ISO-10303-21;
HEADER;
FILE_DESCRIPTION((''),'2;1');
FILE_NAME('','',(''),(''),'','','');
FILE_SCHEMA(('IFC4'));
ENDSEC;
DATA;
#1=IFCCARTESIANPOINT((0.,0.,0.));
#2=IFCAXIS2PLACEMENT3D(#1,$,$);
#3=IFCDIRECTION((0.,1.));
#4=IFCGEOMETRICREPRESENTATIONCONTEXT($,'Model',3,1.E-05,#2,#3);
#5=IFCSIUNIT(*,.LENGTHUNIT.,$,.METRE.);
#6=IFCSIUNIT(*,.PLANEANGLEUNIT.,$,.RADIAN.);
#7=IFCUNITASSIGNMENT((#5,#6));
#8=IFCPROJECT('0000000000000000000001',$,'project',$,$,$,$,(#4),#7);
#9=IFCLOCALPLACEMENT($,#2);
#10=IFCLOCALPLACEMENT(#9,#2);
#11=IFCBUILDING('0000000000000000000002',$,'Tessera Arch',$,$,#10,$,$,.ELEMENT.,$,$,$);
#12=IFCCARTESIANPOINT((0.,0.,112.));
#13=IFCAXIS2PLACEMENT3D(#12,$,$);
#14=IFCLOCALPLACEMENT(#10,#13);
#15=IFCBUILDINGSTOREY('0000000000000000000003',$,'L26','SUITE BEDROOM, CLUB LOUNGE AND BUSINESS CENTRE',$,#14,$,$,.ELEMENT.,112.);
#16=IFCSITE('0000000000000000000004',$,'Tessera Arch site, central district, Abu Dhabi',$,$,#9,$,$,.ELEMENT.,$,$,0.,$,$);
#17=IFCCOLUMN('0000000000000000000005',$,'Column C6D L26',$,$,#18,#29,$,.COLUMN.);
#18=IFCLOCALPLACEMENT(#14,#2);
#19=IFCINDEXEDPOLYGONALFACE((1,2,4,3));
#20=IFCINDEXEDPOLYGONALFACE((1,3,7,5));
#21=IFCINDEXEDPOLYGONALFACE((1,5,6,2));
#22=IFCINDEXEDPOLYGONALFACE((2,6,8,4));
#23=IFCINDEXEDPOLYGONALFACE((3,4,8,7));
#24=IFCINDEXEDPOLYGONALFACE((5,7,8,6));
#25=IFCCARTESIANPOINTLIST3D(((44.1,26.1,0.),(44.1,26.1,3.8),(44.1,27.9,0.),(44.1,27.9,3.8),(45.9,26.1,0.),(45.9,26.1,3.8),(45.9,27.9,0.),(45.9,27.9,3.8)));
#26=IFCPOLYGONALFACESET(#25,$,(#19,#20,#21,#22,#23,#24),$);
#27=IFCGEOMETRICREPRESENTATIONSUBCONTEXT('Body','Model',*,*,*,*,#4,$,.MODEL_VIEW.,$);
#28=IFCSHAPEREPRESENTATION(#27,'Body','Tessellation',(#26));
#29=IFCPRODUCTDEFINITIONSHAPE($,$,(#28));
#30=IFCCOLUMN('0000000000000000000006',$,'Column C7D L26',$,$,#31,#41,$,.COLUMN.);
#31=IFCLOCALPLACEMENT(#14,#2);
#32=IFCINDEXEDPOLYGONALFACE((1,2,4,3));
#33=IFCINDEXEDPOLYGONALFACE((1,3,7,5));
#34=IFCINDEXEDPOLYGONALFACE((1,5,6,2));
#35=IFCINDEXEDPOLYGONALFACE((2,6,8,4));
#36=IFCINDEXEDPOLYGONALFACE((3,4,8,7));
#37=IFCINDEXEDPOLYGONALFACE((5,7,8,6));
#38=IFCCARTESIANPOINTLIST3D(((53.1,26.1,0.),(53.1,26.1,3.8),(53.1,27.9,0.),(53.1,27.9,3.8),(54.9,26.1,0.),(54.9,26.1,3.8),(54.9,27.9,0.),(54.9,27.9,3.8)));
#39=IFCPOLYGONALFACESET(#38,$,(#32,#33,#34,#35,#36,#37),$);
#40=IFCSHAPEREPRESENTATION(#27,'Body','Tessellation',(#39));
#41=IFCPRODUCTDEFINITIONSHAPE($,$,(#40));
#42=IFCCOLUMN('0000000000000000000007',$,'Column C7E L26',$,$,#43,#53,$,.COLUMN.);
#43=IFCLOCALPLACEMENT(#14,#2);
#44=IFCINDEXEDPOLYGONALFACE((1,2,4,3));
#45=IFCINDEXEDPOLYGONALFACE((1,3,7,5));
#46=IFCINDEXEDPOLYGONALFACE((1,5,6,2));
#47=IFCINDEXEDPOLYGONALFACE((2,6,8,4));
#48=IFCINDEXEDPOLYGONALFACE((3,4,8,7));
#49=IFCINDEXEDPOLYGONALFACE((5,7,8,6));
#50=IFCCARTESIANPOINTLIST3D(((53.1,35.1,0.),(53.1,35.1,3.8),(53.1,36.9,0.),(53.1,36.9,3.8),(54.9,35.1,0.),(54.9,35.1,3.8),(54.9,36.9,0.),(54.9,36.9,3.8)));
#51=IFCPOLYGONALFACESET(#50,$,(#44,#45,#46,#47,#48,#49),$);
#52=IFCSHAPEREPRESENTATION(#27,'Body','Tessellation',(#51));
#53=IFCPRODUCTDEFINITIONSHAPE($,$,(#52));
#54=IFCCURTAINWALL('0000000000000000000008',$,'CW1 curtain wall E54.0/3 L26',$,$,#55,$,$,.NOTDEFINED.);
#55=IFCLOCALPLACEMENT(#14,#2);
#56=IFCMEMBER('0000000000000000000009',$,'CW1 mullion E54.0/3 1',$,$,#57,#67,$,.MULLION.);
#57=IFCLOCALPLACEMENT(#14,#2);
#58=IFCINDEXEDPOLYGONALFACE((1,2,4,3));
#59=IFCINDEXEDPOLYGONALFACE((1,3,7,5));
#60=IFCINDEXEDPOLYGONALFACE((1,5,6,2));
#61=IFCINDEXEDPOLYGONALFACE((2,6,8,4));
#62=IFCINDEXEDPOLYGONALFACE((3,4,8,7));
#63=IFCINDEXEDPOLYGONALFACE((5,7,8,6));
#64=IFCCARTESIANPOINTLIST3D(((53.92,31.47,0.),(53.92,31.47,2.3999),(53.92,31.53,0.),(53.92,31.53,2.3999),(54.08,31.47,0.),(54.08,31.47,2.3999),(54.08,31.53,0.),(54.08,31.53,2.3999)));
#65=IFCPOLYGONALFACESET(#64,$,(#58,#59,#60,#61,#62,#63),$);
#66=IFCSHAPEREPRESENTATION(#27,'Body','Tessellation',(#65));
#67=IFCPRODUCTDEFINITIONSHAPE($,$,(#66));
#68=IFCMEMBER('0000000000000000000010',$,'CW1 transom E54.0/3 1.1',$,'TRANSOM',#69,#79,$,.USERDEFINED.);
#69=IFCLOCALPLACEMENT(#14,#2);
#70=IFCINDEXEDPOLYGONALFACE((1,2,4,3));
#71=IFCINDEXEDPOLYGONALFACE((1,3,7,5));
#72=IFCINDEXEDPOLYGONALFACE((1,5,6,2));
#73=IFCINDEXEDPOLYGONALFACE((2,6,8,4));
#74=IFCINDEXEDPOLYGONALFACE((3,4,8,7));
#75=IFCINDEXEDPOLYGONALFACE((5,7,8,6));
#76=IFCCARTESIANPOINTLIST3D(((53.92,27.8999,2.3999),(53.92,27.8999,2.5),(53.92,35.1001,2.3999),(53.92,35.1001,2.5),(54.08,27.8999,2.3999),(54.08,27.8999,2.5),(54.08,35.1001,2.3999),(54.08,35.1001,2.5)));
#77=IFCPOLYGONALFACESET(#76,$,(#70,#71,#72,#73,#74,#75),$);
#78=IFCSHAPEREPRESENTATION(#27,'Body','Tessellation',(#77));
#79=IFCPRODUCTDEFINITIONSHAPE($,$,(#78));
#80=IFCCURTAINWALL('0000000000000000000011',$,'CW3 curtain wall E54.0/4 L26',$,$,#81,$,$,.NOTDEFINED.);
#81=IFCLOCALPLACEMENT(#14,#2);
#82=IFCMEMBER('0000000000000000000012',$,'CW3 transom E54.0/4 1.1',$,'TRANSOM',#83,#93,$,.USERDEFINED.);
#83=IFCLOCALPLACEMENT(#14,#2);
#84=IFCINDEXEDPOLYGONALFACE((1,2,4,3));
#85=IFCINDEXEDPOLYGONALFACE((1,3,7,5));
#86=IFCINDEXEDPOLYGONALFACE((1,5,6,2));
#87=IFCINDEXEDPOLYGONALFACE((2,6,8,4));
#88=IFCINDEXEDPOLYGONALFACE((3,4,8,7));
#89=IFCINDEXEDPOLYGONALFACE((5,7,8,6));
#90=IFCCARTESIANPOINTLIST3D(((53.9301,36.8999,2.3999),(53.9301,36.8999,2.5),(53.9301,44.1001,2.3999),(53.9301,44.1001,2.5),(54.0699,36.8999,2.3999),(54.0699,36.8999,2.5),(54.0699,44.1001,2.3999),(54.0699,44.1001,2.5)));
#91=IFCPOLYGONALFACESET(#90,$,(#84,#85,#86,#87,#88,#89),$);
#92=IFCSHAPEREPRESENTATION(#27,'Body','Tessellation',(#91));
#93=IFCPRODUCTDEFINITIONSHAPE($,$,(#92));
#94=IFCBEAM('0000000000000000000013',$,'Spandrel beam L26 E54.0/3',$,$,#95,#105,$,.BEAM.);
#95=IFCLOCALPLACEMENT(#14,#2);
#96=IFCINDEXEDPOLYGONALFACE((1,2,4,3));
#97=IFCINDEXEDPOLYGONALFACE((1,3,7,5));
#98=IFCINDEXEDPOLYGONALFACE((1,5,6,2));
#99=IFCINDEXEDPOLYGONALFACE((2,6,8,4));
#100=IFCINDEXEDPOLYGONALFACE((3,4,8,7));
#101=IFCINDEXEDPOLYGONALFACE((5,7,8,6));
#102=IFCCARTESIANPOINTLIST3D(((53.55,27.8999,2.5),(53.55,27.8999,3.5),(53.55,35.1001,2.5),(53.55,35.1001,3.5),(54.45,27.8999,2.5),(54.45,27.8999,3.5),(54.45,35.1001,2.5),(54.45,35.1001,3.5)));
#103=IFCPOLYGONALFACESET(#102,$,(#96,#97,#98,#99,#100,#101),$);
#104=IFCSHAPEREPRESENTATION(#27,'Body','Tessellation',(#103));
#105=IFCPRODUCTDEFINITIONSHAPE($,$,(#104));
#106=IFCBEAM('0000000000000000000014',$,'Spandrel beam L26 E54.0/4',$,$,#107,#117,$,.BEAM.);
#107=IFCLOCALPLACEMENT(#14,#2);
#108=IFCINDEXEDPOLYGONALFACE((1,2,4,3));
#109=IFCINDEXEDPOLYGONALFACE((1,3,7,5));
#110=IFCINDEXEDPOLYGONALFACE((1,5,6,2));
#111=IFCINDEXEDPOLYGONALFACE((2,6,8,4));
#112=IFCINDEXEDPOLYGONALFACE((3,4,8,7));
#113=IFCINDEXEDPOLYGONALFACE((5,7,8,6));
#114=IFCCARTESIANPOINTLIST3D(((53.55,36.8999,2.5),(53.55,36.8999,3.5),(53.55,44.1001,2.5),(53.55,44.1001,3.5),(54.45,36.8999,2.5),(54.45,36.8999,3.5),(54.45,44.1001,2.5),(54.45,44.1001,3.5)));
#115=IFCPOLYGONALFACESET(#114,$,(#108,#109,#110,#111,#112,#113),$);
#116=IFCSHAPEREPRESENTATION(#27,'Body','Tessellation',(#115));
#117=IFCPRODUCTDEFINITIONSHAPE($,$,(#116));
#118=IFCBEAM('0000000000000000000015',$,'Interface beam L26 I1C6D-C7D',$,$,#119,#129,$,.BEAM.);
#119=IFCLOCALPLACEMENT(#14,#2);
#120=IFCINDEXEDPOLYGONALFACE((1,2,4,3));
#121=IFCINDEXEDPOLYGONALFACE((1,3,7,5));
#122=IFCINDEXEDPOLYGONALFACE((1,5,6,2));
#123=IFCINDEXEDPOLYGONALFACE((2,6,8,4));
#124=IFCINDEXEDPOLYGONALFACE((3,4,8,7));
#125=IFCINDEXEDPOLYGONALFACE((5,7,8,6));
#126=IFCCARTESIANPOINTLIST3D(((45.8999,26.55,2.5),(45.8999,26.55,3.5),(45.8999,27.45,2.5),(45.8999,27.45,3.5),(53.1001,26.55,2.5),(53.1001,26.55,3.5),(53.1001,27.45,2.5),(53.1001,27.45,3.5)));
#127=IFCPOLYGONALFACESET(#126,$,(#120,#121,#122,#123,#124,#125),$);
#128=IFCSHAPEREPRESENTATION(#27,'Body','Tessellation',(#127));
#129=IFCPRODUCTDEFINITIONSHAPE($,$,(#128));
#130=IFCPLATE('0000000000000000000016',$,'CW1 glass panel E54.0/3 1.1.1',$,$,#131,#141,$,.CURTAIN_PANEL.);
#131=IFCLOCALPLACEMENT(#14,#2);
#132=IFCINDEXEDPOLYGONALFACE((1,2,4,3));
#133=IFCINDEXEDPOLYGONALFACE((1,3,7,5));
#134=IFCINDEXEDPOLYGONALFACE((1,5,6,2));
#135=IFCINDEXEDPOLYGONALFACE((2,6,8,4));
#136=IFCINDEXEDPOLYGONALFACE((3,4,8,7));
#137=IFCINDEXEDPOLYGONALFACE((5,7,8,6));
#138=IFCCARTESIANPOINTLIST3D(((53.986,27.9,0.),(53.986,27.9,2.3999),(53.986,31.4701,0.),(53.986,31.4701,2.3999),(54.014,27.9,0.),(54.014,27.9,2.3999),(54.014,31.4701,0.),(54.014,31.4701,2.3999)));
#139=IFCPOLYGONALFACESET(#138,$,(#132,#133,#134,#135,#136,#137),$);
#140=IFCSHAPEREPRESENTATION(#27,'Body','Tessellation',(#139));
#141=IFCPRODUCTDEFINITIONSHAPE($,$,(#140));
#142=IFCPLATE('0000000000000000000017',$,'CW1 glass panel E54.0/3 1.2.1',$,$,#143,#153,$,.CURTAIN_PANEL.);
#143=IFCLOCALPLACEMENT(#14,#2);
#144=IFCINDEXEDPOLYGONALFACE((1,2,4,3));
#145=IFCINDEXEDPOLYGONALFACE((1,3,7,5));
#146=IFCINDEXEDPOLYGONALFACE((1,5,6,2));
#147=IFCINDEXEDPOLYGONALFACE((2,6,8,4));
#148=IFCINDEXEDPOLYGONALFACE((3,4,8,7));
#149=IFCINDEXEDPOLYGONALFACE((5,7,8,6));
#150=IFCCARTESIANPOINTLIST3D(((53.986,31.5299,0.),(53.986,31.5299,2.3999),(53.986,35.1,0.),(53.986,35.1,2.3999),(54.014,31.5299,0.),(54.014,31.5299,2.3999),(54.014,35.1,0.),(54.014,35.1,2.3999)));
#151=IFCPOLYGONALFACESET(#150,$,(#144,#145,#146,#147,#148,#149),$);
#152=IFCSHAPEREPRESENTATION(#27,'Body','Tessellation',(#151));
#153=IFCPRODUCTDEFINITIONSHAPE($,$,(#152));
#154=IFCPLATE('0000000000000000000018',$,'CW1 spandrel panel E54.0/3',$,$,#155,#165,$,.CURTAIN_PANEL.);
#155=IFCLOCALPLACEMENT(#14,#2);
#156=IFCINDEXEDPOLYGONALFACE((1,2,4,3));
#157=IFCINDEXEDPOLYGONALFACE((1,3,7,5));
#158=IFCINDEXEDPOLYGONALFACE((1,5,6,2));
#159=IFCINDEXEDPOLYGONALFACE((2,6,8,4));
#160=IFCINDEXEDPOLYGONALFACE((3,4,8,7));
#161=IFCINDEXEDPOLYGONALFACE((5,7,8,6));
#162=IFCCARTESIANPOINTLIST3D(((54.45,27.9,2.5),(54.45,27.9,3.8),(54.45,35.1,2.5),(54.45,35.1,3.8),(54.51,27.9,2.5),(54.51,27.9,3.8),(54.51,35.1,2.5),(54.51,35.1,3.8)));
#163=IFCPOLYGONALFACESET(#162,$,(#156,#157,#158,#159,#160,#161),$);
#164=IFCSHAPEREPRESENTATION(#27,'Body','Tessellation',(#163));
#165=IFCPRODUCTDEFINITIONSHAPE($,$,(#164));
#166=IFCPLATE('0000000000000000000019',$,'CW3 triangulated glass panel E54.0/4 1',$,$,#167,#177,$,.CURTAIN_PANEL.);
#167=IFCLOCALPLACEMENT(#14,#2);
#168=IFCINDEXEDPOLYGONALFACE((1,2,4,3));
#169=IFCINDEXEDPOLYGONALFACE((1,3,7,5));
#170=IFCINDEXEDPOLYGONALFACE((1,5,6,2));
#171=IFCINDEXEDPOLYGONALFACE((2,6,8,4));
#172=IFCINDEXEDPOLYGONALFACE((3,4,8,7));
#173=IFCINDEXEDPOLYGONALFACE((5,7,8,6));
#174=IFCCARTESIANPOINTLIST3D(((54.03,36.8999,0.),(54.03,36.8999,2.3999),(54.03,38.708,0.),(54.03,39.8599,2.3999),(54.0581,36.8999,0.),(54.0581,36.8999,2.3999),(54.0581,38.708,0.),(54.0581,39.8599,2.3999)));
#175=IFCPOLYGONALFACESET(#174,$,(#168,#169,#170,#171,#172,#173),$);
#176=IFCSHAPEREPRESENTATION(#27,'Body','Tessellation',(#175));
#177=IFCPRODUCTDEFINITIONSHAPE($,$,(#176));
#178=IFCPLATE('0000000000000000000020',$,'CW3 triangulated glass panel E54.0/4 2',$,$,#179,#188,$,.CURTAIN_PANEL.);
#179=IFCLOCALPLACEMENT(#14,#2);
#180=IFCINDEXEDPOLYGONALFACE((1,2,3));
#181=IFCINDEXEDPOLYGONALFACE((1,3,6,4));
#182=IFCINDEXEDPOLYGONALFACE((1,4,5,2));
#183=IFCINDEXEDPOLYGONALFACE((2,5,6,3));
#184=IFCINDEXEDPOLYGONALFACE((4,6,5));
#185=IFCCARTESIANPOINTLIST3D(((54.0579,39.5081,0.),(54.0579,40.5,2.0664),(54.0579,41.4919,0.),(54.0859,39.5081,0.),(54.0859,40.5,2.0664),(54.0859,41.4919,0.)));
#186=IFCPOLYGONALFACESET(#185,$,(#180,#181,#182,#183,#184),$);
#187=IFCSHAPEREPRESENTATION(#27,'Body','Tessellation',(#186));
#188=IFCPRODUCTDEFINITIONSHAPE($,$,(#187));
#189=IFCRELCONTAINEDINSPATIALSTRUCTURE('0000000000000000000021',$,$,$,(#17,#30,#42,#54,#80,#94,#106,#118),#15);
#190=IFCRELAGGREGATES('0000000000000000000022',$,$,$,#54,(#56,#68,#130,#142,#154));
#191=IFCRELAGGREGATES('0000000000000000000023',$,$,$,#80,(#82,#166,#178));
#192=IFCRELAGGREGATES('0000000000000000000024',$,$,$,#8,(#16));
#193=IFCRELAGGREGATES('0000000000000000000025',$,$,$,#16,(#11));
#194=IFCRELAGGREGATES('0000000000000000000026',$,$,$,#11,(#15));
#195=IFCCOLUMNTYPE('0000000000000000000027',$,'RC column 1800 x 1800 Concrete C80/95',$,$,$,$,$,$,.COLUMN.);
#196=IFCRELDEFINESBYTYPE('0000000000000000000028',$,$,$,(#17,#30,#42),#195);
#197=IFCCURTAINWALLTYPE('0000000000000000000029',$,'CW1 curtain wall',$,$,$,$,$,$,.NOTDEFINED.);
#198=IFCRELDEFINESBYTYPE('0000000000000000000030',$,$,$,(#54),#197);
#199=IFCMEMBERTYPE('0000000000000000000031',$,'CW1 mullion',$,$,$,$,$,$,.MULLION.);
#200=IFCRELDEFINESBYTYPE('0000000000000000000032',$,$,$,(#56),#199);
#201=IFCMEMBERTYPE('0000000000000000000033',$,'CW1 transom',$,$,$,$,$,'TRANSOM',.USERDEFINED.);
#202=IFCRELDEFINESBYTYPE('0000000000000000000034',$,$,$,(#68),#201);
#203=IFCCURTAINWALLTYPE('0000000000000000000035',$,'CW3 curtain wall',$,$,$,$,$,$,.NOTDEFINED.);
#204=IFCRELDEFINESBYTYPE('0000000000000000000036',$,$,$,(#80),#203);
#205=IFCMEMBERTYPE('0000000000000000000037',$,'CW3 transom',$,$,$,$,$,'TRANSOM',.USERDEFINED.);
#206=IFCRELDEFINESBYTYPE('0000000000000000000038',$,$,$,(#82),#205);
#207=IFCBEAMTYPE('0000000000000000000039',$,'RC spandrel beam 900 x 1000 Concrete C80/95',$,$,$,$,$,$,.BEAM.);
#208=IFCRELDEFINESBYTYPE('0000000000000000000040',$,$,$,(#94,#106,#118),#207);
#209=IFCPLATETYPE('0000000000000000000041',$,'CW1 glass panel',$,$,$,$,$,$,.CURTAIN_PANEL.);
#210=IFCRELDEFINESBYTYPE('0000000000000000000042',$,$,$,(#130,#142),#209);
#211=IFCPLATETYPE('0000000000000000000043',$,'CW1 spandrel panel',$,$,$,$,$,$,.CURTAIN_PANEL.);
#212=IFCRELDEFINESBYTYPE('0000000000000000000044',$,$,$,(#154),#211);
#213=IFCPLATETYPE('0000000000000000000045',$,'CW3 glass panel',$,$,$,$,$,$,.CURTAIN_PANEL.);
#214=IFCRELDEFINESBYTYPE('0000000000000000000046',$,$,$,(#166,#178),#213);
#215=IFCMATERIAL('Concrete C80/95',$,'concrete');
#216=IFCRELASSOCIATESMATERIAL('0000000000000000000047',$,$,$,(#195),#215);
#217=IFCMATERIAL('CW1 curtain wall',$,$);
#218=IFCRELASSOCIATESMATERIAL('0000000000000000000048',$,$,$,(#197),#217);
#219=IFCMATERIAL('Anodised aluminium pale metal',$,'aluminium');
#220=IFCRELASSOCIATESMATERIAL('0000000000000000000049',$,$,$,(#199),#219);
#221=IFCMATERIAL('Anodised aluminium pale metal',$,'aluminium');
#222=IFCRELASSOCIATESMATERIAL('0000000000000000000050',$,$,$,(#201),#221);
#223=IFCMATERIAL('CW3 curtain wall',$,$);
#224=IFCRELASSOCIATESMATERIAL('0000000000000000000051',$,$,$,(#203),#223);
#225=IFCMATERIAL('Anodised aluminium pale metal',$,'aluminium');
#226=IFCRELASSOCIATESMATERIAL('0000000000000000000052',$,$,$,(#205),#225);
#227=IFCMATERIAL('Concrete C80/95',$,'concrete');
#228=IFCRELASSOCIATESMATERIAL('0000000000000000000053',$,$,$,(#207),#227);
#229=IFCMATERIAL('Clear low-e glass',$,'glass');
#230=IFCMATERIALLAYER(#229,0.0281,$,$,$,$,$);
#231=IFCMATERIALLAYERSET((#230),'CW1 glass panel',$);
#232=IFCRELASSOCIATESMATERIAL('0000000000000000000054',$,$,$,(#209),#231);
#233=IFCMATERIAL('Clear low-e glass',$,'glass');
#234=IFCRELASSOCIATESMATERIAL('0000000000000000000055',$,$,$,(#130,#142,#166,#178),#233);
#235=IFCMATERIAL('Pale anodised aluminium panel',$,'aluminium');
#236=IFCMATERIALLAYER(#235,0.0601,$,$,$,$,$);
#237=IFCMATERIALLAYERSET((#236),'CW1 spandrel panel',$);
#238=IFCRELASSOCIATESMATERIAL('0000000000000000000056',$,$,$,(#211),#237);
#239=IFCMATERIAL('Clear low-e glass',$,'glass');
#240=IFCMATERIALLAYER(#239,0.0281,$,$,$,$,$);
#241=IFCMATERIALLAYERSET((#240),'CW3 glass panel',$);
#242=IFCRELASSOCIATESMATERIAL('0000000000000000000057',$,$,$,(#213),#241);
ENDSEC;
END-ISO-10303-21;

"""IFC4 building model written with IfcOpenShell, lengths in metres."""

from ifc_helpers import new_model, si_unit, direction, frame, origin, origin_2d, place, context, subcontext, project, spatial, polyline, rectangle, outline, extrude, material, layer, layer_set, material_profile, profile_set, type_object, element, aggregate, save


model = new_model("IFC4")

# Units and contexts
model_context = context("Model", 3, precision=1e-05, world=origin(), true_north=direction((0.0, 1.0)))
body_context = subcontext(model_context, "Body", "Model", "MODEL_VIEW")
ifc_project = project(units=[si_unit("LENGTHUNIT", "METRE"), si_unit("PLANEANGLEUNIT", "RADIAN")], contexts=[model_context])

# Site, building, storey
site_placement = place(None, origin())
site = spatial("IfcSite", under=ifc_project, at=site_placement, Name="Tessera Arch site, central district, Abu Dhabi", CompositionType="ELEMENT", RefElevation=0.0)
building_placement = place(site_placement, origin())
building = spatial("IfcBuilding", under=site, at=building_placement, Name="Tessera Arch", CompositionType="ELEMENT")
storey_placement = place(building_placement, frame((0.0, 0.0, 112.0)))
storey = spatial("IfcBuildingStorey", under=building, at=storey_placement, Name="L26", Description="SUITE BEDROOM, CLUB LOUNGE AND BUSINESS CENTRE", CompositionType="ELEMENT", Elevation=112.0)

# Columns
ifc_material_1 = material(Name="Concrete C80/95", Category="concrete")
ifc_material_profile_1 = material_profile(ifc_material_1, rectangle(XDim=1.8, YDim=1.8, at=origin_2d()), Name="RC column 1800 x 1800 Concrete C80/95")
ifc_profile_set_1 = profile_set([ifc_material_profile_1], Name="Concrete C80/95")
column_type = type_object("IfcColumnType", Name="RC column 1800 x 1800 Concrete C80/95", PredefinedType="COLUMN", material=ifc_profile_set_1)
for number, where, z_axis, x_axis, name in (
    (1, (45.0, 27.0, 0.0), (0.0, 0.0, 1.0), (1.0, 0.0, 0.0), "Column C6D L26"),
    (2, (54.0, 27.0, 0.0), (0.0, 0.0, 1.0), (1.0, 0.0, 0.0), "Column C7D L26"),
    (3, (54.0, 36.0, 0.0), (0.0, 0.0, 1.0), (1.0, 0.0, 0.0), "Column C7E L26"),
):
    element("IfcColumn", number, at=place(storey_placement, frame(where, z_axis=z_axis, x_axis=x_axis)), inside=storey, type_object=column_type, Name=name, PredefinedType="COLUMN", context=body_context, shape_type="SweptSolid", body=[
        extrude(rectangle(XDim=1.8, YDim=1.8, at=origin_2d()), origin(), (0.0, 0.0, 1.0), 3.8),
    ])

# Curtain wall, members
ifc_material_2 = material(Name="CW1 curtain wall")
curtain_wall_type_1 = type_object("IfcCurtainWallType", Name="CW1 curtain wall", PredefinedType="NOTDEFINED", material=ifc_material_2)
curtain_wall_1_placement = place(storey_placement, origin())
curtain_wall_1 = element("IfcCurtainWall", 4, at=curtain_wall_1_placement, inside=storey, type_object=curtain_wall_type_1, Name="CW1 curtain wall E54.0/3 L26", PredefinedType="NOTDEFINED")
ifc_material_3 = material(Name="Anodised aluminium pale metal", Category="aluminium")
ifc_material_profile_2 = material_profile(ifc_material_3, rectangle(XDim=0.1599, YDim=0.0601, at=origin_2d()), Name="AL 60x160")
ifc_profile_set_2 = profile_set([ifc_material_profile_2], Name="Anodised aluminium pale metal")
member_type_1 = type_object("IfcMemberType", Name="CW1 mullion", PredefinedType="MULLION", material=ifc_profile_set_2)
member_1_placement = place(storey_placement, frame((54.0, 31.5, 0.0), z_axis=(0.0, 0.0, 1.0), x_axis=(-1.0, 0.0, 0.0)))
member_1 = element("IfcMember", 5, at=member_1_placement, type_object=member_type_1, Name="CW1 mullion E54.0/3 1", PredefinedType="MULLION", context=body_context, shape_type="SweptSolid", body=[
    extrude(rectangle(XDim=0.1599, YDim=0.0601, at=origin_2d()), origin(), (0.0, 0.0, 1.0), 2.3999),
])
ifc_material_4 = material(Name="Anodised aluminium pale metal", Category="aluminium")
ifc_material_profile_3 = material_profile(ifc_material_4, rectangle(XDim=0.1599, YDim=0.1001, at=origin_2d()), Name="AL 160x100")
ifc_profile_set_3 = profile_set([ifc_material_profile_3], Name="Anodised aluminium pale metal")
member_type_2 = type_object("IfcMemberType", Name="CW1 transom", ElementType="TRANSOM", PredefinedType="USERDEFINED", material=ifc_profile_set_3)
member_2_placement = place(storey_placement, frame((54.0, 27.8999, 2.45), z_axis=(0.0, 1.0, 0.0), x_axis=(-1.0, 0.0, 0.0)))
member_2 = element("IfcMember", 6, at=member_2_placement, type_object=member_type_2, Name="CW1 transom E54.0/3 1.1", ObjectType="TRANSOM", PredefinedType="USERDEFINED", context=body_context, shape_type="SweptSolid", body=[
    extrude(rectangle(XDim=0.1599, YDim=0.1001, at=origin_2d()), origin(), (0.0, 0.0, 1.0), 7.2002),
])

# Curtain wall, member
ifc_material_5 = material(Name="CW3 curtain wall")
curtain_wall_type_2 = type_object("IfcCurtainWallType", Name="CW3 curtain wall", PredefinedType="NOTDEFINED", material=ifc_material_5)
curtain_wall_2_placement = place(storey_placement, origin())
curtain_wall_2 = element("IfcCurtainWall", 7, at=curtain_wall_2_placement, inside=storey, type_object=curtain_wall_type_2, Name="CW3 curtain wall E54.0/4 L26", PredefinedType="NOTDEFINED")
ifc_material_6 = material(Name="Anodised aluminium pale metal", Category="aluminium")
ifc_material_profile_4 = material_profile(ifc_material_6, rectangle(XDim=0.1399, YDim=0.1001, at=origin_2d()), Name="AL 140x100")
ifc_profile_set_4 = profile_set([ifc_material_profile_4], Name="Anodised aluminium pale metal")
member_type_3 = type_object("IfcMemberType", Name="CW3 transom", ElementType="TRANSOM", PredefinedType="USERDEFINED", material=ifc_profile_set_4)
member_3_placement = place(storey_placement, frame((54.0, 36.8999, 2.45), z_axis=(0.0, 1.0, 0.0), x_axis=(-1.0, 0.0, 0.0)))
member_3 = element("IfcMember", 8, at=member_3_placement, type_object=member_type_3, Name="CW3 transom E54.0/4 1.1", ObjectType="TRANSOM", PredefinedType="USERDEFINED", context=body_context, shape_type="SweptSolid", body=[
    extrude(rectangle(XDim=0.1399, YDim=0.1001, at=origin_2d()), origin(), (0.0, 0.0, 1.0), 7.2002),
])

# Beams
ifc_material_7 = material(Name="Concrete C80/95", Category="concrete")
ifc_material_profile_5 = material_profile(ifc_material_7, rectangle(XDim=0.8999, YDim=1.0, at=origin_2d()), Name="RC spandrel beam 900 x 1000 Concrete C80/95")
ifc_profile_set_5 = profile_set([ifc_material_profile_5], Name="Concrete C80/95")
beam_type = type_object("IfcBeamType", Name="RC spandrel beam 900 x 1000 Concrete C80/95", PredefinedType="BEAM", material=ifc_profile_set_5)
for number, where, z_axis, x_axis, name in (
    (9, (54.0, 27.8999, 3.0), (0.0, 1.0, 0.0), (-1.0, 0.0, 0.0), "Spandrel beam L26 E54.0/3"),
    (10, (54.0, 36.8999, 3.0), (0.0, 1.0, 0.0), (-1.0, 0.0, 0.0), "Spandrel beam L26 E54.0/4"),
    (11, (45.8999, 27.0, 3.0), (1.0, 0.0, 0.0), (0.0, 1.0, 0.0), "Interface beam L26 I1C6D-C7D"),
):
    element("IfcBeam", number, at=place(storey_placement, frame(where, z_axis=z_axis, x_axis=x_axis)), inside=storey, type_object=beam_type, Name=name, PredefinedType="BEAM", context=body_context, shape_type="SweptSolid", body=[
        extrude(rectangle(XDim=0.8999, YDim=1.0, at=origin_2d()), origin(), (0.0, 0.0, 1.0), 7.2002),
    ])

# Plates
ifc_material_8 = material(Name="Clear low-e glass", Category="glass")
ifc_material_9 = material(Name="Clear low-e glass", Category="glass")
ifc_layer_1 = layer(ifc_material_9, 0.0281)
ifc_layer_set_1 = layer_set([ifc_layer_1], Name="CW1 glass panel")
plate_type_1 = type_object("IfcPlateType", Name="CW1 glass panel", PredefinedType="CURTAIN_PANEL", material=ifc_layer_set_1)
plate_1_placement = place(storey_placement, frame((54.0, 29.6851, 0.0), z_axis=(0.0, 0.0, 1.0), x_axis=(0.0, 1.0, 0.0)))
plate_1 = element("IfcPlate", 12, at=plate_1_placement, type_object=plate_type_1, material=ifc_material_8, Name="CW1 glass panel E54.0/3 1.1.1", PredefinedType="CURTAIN_PANEL", context=body_context, shape_type="SweptSolid", body=[
    extrude(rectangle(XDim=3.5701, YDim=0.0281, at=origin_2d()), origin(), (0.0, 0.0, 1.0), 2.3999),
])
plate_2_placement = place(storey_placement, frame((54.0, 33.3149, 0.0), z_axis=(0.0, 0.0, 1.0), x_axis=(0.0, 1.0, 0.0)))
plate_2 = element("IfcPlate", 13, at=plate_2_placement, type_object=plate_type_1, material=ifc_material_8, Name="CW1 glass panel E54.0/3 1.2.1", PredefinedType="CURTAIN_PANEL", context=body_context, shape_type="SweptSolid", body=[
    extrude(rectangle(XDim=3.5701, YDim=0.0281, at=origin_2d()), origin(), (0.0, 0.0, 1.0), 2.3999),
])
ifc_material_10 = material(Name="Pale anodised aluminium panel", Category="aluminium")
ifc_layer_2 = layer(ifc_material_10, 0.0601)
ifc_layer_set_2 = layer_set([ifc_layer_2], Name="CW1 spandrel panel")
plate_type_2 = type_object("IfcPlateType", Name="CW1 spandrel panel", PredefinedType="CURTAIN_PANEL", material=ifc_layer_set_2)
plate_3_placement = place(storey_placement, frame((54.48, 31.5, 2.5), z_axis=(0.0, 0.0, 1.0), x_axis=(0.0, 1.0, 0.0)))
plate_3 = element("IfcPlate", 14, at=plate_3_placement, type_object=plate_type_2, Name="CW1 spandrel panel E54.0/3", PredefinedType="CURTAIN_PANEL", context=body_context, shape_type="SweptSolid", body=[
    extrude(rectangle(XDim=7.2, YDim=0.0601, at=origin_2d()), origin(), (0.0, 0.0, 1.0), 1.3),
])
aggregate(curtain_wall_1, [member_1, member_2, plate_1, plate_2, plate_3])
ifc_material_11 = material(Name="Clear low-e glass", Category="glass")
ifc_layer_3 = layer(ifc_material_11, 0.0281)
ifc_layer_set_3 = layer_set([ifc_layer_3], Name="CW3 glass panel")
plate_type_3 = type_object("IfcPlateType", Name="CW3 glass panel", PredefinedType="CURTAIN_PANEL", material=ifc_layer_set_3)
plate_4_placement = place(storey_placement, frame((54.0581, 36.8999, 0.0), z_axis=(1.0, 0.0, 0.0), x_axis=(0.0, 1.0, 0.0)))
plate_4 = element("IfcPlate", 15, at=plate_4_placement, type_object=plate_type_3, material=ifc_material_8, Name="CW3 triangulated glass panel E54.0/4 1", PredefinedType="CURTAIN_PANEL", context=body_context, shape_type="SweptSolid", body=[
    extrude(outline(polyline([(0.0, 0.0), (1.8081, 0.0), (2.96, 2.3999), (0.0, 2.3999), (0.0, 0.0)])), origin(), (0.0, 0.0, -1.0), 0.0281),
])
plate_5_placement = place(storey_placement, frame((54.0859, 39.5081, 0.0), z_axis=(1.0, 0.0, 0.0), x_axis=(0.0, 1.0, 0.0)))
plate_5 = element("IfcPlate", 16, at=plate_5_placement, type_object=plate_type_3, material=ifc_material_8, Name="CW3 triangulated glass panel E54.0/4 2", PredefinedType="CURTAIN_PANEL", context=body_context, shape_type="SweptSolid", body=[
    extrude(outline(polyline([(0.0, 0.0), (1.9839, 0.0), (0.9919, 2.0664), (0.0, 0.0)])), origin(), (0.0, 0.0, -1.0), 0.0281),
])
aggregate(curtain_wall_2, [member_3, plate_4, plate_5])

save(model, "model.ifc")
